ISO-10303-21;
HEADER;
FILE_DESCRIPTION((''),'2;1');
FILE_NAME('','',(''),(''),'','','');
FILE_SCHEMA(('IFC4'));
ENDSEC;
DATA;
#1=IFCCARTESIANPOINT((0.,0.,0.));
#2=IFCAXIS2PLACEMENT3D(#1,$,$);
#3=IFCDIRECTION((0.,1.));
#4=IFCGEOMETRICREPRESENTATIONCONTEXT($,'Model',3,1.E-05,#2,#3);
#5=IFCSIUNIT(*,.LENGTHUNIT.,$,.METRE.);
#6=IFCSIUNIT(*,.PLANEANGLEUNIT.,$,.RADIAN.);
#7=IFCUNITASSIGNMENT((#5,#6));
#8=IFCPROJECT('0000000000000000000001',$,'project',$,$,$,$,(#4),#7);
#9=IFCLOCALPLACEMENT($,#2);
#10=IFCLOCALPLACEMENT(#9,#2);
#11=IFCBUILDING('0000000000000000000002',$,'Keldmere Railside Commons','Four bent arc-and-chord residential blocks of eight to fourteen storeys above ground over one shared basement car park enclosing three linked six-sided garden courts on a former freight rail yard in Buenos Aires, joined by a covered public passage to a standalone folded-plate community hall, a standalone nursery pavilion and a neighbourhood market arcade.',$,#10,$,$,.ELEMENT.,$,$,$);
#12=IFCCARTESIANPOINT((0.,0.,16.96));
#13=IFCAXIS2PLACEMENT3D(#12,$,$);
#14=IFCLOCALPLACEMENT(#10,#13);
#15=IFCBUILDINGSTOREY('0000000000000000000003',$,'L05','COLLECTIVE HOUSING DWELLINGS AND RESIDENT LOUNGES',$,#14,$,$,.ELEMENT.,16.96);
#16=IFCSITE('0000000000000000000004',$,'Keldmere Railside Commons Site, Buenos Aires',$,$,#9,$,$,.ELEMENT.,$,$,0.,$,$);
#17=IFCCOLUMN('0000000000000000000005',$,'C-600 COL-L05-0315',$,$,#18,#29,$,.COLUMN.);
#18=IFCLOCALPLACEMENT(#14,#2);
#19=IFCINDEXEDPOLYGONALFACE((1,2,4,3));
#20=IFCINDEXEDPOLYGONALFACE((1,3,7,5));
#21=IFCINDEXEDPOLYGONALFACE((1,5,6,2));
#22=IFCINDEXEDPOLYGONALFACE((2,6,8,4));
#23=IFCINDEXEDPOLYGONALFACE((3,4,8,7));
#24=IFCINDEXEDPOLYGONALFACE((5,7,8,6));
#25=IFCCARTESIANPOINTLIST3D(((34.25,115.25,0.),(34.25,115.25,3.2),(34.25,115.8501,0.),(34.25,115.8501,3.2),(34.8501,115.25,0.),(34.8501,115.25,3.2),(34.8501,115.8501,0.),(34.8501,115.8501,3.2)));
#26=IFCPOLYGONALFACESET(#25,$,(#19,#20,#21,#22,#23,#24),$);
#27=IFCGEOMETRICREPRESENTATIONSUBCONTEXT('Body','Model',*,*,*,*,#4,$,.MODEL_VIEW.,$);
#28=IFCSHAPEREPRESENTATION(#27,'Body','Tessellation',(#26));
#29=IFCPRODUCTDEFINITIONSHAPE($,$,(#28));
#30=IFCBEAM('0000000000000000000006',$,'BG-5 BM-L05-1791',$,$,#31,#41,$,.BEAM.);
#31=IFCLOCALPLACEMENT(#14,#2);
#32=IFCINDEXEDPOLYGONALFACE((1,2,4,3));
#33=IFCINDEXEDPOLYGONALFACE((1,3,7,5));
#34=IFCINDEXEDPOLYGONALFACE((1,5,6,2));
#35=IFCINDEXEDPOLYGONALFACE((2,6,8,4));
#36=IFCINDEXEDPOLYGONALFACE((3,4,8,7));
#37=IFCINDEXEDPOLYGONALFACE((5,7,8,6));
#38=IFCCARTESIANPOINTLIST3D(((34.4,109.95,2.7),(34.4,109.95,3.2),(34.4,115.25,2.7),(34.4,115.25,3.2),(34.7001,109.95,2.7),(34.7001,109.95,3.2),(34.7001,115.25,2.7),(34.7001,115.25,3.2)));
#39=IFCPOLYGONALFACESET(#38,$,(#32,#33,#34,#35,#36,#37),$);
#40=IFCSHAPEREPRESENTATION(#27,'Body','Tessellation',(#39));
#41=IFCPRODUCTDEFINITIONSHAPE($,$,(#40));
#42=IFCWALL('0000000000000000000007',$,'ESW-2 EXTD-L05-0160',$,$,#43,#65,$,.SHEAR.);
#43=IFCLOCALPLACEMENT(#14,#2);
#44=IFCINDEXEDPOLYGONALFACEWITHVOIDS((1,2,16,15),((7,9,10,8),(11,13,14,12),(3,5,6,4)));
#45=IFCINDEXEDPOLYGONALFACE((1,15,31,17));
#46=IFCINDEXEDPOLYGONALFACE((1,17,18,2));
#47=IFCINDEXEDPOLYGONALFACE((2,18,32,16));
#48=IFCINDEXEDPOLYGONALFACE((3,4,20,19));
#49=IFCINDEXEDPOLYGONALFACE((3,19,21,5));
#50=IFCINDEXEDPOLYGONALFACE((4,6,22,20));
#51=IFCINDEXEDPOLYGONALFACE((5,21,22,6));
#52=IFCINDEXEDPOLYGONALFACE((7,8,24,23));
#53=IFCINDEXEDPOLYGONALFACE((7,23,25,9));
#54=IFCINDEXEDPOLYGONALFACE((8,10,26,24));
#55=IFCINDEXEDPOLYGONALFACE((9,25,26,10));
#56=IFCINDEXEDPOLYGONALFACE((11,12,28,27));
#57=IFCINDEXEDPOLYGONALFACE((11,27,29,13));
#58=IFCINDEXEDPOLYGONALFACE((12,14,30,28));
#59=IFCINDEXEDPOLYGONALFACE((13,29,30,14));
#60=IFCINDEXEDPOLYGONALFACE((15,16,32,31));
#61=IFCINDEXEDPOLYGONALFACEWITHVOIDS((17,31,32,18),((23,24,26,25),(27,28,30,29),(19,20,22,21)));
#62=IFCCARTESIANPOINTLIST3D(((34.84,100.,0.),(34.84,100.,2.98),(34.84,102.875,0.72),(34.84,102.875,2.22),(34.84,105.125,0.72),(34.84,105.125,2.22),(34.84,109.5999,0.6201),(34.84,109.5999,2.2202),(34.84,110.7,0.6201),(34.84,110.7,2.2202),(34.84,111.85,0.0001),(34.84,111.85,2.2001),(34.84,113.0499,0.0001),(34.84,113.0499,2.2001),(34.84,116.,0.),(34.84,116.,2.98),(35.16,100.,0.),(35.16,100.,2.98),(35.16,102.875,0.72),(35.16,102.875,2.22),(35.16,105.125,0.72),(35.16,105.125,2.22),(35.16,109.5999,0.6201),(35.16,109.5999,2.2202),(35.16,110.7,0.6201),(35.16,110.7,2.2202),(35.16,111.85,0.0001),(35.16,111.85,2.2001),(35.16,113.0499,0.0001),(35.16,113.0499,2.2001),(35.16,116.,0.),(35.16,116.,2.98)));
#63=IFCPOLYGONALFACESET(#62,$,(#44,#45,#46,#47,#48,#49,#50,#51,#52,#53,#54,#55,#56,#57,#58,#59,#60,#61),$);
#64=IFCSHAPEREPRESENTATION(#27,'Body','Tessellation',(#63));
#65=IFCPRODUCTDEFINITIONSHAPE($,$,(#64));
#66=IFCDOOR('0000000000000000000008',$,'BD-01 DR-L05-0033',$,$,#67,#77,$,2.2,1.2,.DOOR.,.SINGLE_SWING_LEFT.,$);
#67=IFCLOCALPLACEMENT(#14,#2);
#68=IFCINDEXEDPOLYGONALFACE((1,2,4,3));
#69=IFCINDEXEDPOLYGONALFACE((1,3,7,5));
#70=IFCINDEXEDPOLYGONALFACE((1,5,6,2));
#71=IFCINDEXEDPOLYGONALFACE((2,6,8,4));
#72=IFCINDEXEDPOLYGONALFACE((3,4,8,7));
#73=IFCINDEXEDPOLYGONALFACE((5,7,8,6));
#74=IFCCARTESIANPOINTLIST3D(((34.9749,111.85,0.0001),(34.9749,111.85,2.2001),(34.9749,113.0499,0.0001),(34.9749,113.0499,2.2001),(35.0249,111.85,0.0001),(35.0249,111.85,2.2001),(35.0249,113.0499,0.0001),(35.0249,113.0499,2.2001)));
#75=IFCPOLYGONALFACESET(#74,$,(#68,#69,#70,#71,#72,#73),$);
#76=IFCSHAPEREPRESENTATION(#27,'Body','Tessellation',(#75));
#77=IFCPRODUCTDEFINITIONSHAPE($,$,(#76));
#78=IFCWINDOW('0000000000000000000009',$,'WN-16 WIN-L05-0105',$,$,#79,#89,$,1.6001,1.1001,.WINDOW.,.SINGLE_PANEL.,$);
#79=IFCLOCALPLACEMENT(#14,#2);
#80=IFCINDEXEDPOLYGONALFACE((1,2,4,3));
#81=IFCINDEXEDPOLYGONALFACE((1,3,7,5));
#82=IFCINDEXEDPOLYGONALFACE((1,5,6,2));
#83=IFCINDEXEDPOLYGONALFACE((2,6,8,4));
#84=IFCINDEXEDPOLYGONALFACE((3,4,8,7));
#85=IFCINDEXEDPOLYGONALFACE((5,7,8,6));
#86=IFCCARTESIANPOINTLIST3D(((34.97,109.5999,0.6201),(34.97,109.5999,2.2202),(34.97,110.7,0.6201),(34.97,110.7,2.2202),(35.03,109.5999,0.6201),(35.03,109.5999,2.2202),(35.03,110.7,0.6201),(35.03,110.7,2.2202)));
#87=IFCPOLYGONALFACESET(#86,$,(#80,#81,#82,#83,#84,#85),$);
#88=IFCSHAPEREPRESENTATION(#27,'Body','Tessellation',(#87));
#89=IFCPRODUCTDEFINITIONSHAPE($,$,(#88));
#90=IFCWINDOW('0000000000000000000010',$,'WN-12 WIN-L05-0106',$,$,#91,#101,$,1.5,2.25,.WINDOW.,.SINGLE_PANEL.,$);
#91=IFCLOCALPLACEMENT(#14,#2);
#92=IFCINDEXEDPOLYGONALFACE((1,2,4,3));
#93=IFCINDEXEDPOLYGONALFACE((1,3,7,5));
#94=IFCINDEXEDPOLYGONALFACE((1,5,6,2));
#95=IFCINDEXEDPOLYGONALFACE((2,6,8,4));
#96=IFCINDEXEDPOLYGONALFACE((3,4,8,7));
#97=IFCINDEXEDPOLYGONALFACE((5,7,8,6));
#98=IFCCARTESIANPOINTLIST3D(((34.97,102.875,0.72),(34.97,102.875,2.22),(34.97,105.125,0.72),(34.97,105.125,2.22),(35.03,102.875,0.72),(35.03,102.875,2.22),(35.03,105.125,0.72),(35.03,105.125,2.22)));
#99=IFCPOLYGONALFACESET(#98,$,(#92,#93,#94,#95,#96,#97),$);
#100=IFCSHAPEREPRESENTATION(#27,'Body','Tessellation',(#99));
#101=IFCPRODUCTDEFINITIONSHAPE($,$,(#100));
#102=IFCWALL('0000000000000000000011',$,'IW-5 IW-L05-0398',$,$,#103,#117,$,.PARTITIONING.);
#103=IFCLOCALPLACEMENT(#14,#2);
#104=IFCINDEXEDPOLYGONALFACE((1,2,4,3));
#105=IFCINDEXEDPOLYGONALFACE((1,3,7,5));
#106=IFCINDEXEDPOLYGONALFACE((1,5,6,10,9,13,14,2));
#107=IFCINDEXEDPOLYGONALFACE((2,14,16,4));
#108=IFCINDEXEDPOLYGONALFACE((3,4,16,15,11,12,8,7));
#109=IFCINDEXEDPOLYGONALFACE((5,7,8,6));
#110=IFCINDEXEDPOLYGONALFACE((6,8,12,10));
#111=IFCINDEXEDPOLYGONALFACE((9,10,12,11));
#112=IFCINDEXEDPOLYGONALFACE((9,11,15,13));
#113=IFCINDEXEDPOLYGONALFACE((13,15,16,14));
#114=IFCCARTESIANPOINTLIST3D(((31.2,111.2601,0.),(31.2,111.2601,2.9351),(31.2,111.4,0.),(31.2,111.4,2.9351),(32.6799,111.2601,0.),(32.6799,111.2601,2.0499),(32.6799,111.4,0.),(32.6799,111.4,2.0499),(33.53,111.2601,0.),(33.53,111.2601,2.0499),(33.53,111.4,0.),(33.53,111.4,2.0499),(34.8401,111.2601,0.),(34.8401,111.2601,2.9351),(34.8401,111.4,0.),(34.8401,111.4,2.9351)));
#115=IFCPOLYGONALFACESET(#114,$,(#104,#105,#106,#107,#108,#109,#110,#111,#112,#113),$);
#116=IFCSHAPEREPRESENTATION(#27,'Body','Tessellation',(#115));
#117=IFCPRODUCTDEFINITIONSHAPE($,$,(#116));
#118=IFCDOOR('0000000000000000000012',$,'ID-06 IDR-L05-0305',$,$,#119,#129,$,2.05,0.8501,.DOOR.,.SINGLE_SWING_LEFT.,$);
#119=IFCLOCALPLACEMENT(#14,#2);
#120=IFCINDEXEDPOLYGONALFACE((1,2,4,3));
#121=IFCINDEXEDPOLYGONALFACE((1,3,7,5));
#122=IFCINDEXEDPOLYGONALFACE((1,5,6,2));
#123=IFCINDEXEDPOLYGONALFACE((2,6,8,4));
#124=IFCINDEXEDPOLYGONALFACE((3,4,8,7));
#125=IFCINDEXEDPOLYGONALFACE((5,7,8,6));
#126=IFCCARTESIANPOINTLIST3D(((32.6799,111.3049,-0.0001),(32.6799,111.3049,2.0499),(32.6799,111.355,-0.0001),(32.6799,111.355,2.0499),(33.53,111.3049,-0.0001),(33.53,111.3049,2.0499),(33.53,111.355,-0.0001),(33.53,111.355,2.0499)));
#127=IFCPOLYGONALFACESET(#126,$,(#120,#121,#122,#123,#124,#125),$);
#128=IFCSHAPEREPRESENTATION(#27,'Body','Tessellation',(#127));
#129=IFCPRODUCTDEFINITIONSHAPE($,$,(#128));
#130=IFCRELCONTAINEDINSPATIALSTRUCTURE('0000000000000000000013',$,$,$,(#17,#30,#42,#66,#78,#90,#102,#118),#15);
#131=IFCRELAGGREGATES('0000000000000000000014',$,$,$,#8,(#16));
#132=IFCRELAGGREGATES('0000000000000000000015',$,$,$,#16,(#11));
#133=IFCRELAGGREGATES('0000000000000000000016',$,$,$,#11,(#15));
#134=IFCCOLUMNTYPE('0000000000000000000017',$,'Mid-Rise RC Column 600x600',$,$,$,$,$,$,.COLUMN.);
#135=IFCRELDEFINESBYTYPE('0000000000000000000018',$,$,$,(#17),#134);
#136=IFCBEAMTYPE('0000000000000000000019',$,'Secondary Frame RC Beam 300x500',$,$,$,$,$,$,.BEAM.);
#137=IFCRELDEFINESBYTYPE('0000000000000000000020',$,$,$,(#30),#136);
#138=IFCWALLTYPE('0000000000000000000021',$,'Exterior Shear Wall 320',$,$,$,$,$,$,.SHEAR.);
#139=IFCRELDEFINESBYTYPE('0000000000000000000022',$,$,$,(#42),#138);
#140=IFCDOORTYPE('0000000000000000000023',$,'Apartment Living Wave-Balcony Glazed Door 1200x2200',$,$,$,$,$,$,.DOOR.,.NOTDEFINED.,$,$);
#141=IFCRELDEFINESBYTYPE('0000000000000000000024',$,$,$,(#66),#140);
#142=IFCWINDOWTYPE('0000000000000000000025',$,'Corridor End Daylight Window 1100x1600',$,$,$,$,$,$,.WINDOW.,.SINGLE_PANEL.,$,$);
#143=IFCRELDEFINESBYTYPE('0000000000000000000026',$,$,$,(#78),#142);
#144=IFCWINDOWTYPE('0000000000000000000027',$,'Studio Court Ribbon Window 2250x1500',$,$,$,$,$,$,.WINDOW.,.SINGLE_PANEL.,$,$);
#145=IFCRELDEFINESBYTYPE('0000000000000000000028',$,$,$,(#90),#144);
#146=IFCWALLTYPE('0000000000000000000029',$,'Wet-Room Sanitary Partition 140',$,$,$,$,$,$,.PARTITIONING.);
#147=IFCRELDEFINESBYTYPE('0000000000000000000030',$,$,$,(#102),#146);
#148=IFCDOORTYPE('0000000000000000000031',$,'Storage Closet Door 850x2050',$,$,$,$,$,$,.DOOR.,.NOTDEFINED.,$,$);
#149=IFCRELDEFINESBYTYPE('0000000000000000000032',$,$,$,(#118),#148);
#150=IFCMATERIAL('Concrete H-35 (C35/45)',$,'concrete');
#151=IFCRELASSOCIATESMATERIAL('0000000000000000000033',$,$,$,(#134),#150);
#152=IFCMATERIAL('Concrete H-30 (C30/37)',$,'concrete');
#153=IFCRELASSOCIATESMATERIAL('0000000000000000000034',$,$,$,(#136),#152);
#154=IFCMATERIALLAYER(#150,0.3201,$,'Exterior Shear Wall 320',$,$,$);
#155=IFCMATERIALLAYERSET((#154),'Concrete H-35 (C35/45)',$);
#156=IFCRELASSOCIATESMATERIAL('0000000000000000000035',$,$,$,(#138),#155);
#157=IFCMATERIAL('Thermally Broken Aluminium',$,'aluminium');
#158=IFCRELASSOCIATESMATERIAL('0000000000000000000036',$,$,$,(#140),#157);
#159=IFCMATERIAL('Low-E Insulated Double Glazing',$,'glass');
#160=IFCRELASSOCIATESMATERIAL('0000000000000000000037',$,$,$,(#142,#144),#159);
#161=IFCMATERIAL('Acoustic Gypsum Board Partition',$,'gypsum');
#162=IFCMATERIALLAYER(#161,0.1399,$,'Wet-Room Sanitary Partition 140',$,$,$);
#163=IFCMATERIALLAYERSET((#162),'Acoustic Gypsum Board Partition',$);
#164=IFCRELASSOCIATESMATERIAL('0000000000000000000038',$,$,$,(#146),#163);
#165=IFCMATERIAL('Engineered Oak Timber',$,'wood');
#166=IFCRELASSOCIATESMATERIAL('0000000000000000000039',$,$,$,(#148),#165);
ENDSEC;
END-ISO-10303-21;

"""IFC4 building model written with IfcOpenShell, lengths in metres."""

from ifc_helpers import new_model, si_unit, direction, frame, frame_2d, origin, origin_2d, place, context, subcontext, project, spatial, rectangle, extrude, material, layer, layer_set, material_profile, profile_set, type_object, element, fill, save


model = new_model("IFC4")

# Units and contexts
model_context = context("Model", 3, precision=1e-05, world=origin(), true_north=direction((0.0, 1.0)))
body_context = subcontext(model_context, "Body", "Model", "MODEL_VIEW")
ifc_project = project(units=[si_unit("LENGTHUNIT", "METRE"), si_unit("PLANEANGLEUNIT", "RADIAN")], contexts=[model_context])

# Site, building, storey
site_placement = place(None, origin())
site = spatial("IfcSite", under=ifc_project, at=site_placement, Name="Keldmere Railside Commons Site, Buenos Aires", CompositionType="ELEMENT", RefElevation=0.0)
building_placement = place(site_placement, origin())
building = spatial("IfcBuilding", under=site, at=building_placement, Name="Keldmere Railside Commons", Description="Four bent arc-and-chord residential blocks of eight to fourteen storeys above ground over one shared basement car park enclosing three linked six-sided garden courts on a former freight rail yard in Buenos Aires, joined by a covered public passage to a standalone folded-plate community hall, a standalone nursery pavilion and a neighbourhood market arcade.", CompositionType="ELEMENT")
storey_placement = place(building_placement, frame((0.0, 0.0, 16.96)))
storey = spatial("IfcBuildingStorey", under=building, at=storey_placement, Name="L05", Description="COLLECTIVE HOUSING DWELLINGS AND RESIDENT LOUNGES", CompositionType="ELEMENT", Elevation=16.96)

# Column
ifc_material_1 = material(Name="Concrete H-35 (C35/45)", Category="concrete")
ifc_material_profile_1 = material_profile(ifc_material_1, rectangle(XDim=0.6001, YDim=0.6001, at=origin_2d()), Name="RC-600x600")
ifc_profile_set_1 = profile_set([ifc_material_profile_1], Name="Concrete H-35 (C35/45)")
column_type = type_object("IfcColumnType", Name="Mid-Rise RC Column 600x600", PredefinedType="COLUMN", material=ifc_profile_set_1)
column_placement = place(storey_placement, frame((34.55, 115.55, 0.0), z_axis=(0.0, 0.0, 1.0), x_axis=(1.0, 0.0, 0.0)))
element("IfcColumn", 1, at=column_placement, inside=storey, type_object=column_type, Name="C-600 COL-L05-0315", PredefinedType="COLUMN", context=body_context, shape_type="SweptSolid", body=[
    extrude(rectangle(XDim=0.6001, YDim=0.6001, at=origin_2d()), origin(), (0.0, 0.0, 1.0), 3.2),
])

# Beam
ifc_material_2 = material(Name="Concrete H-30 (C30/37)", Category="concrete")
ifc_material_profile_2 = material_profile(ifc_material_2, rectangle(XDim=0.3, YDim=0.5, at=origin_2d()), Name="RC-300x500")
ifc_profile_set_2 = profile_set([ifc_material_profile_2], Name="Concrete H-30 (C30/37)")
beam_type = type_object("IfcBeamType", Name="Secondary Frame RC Beam 300x500", PredefinedType="BEAM", material=ifc_profile_set_2)
beam_placement = place(storey_placement, frame((34.55, 109.95, 2.95), z_axis=(0.0, 1.0, 0.0), x_axis=(-1.0, 0.0, 0.0)))
element("IfcBeam", 2, at=beam_placement, inside=storey, type_object=beam_type, Name="BG-5 BM-L05-1791", PredefinedType="BEAM", context=body_context, shape_type="SweptSolid", body=[
    extrude(rectangle(XDim=0.3, YDim=0.5, at=origin_2d()), origin(), (0.0, 0.0, 1.0), 5.3),
])

# Wall, openings, door, windows
ifc_layer_1 = layer(ifc_material_1, 0.3201, Name="Exterior Shear Wall 320")
ifc_layer_set_1 = layer_set([ifc_layer_1], Name="Concrete H-35 (C35/45)")
wall_type_1 = type_object("IfcWallType", Name="Exterior Shear Wall 320", PredefinedType="SHEAR", material=ifc_layer_set_1)
wall_1_placement = place(storey_placement, frame((35.0, 116.0, 0.0), z_axis=(0.0, 0.0, 1.0), x_axis=(0.0, -1.0, 0.0)))
wall_1 = element("IfcWall", 3, at=wall_1_placement, inside=storey, type_object=wall_type_1, Name="ESW-2 EXTD-L05-0160", PredefinedType="SHEAR", context=body_context, shape_type="SweptSolid", body=[
    extrude(rectangle(XDim=16.0, YDim=0.3201, at=frame_2d((8.0, 0.0))), origin(), (0.0, 0.0, 1.0), 2.98),
])
opening_1_placement = place(wall_1_placement, frame((2.95, 0.0, 0.0)))
opening_1 = element("IfcOpeningElement", 4, at=opening_1_placement, cuts=wall_1, PredefinedType="OPENING", context=body_context, shape_type="SweptSolid", body=[
    extrude(rectangle(XDim=1.2, YDim=2.2, at=frame_2d((0.6001, 1.1001))), frame((0.0, 0.1699, 0.0), z_axis=(0.0, -1.0, 0.0), x_axis=(1.0, 0.0, 0.0)), (0.0, 0.0, 1.0), 0.3401),
])
opening_2_placement = place(wall_1_placement, frame((5.3, 0.0, 0.6201)))
opening_2 = element("IfcOpeningElement", 5, at=opening_2_placement, cuts=wall_1, PredefinedType="OPENING", context=body_context, shape_type="SweptSolid", body=[
    extrude(rectangle(XDim=1.1001, YDim=1.6001, at=frame_2d((0.55, 0.8))), frame((0.0, 0.1699, 0.0), z_axis=(0.0, -1.0, 0.0), x_axis=(1.0, 0.0, 0.0)), (0.0, 0.0, 1.0), 0.3401),
])
opening_3_placement = place(wall_1_placement, frame((10.875, 0.0, 0.72)))
opening_3 = element("IfcOpeningElement", 6, at=opening_3_placement, cuts=wall_1, PredefinedType="OPENING", context=body_context, shape_type="SweptSolid", body=[
    extrude(rectangle(XDim=2.25, YDim=1.5, at=frame_2d((1.125, 0.75))), frame((0.0, 0.1699, 0.0), z_axis=(0.0, -1.0, 0.0), x_axis=(1.0, 0.0, 0.0)), (0.0, 0.0, 1.0), 0.3401),
])
ifc_material_3 = material(Name="Thermally Broken Aluminium", Category="aluminium")
door_type_1 = type_object("IfcDoorType", Name="Apartment Living Wave-Balcony Glazed Door 1200x2200", OperationType="NOTDEFINED", PredefinedType="DOOR", material=ifc_material_3)
door_1_placement = place(opening_1_placement, origin())
door_1 = element("IfcDoor", 7, at=door_1_placement, inside=storey, type_object=door_type_1, Name="BD-01 DR-L05-0033", OperationType="SINGLE_SWING_LEFT", OverallHeight=2.2, OverallWidth=1.2, PredefinedType="DOOR", context=body_context, shape_type="SweptSolid", body=[
    extrude(rectangle(XDim=1.2, YDim=2.2, at=frame_2d((0.6001, 1.1001))), frame((0.0, 0.0249, 0.0), z_axis=(0.0, -1.0, 0.0), x_axis=(1.0, 0.0, 0.0)), (0.0, 0.0, 1.0), 0.05),
])
fill(opening_1, door_1)
ifc_material_4 = material(Name="Low-E Insulated Double Glazing", Category="glass")
window_type_1 = type_object("IfcWindowType", Name="Corridor End Daylight Window 1100x1600", PartitioningType="SINGLE_PANEL", PredefinedType="WINDOW", material=ifc_material_4)
window_1_placement = place(opening_2_placement, origin())
window_1 = element("IfcWindow", 8, at=window_1_placement, inside=storey, type_object=window_type_1, Name="WN-16 WIN-L05-0105", OverallHeight=1.6001, OverallWidth=1.1001, PartitioningType="SINGLE_PANEL", PredefinedType="WINDOW", context=body_context, shape_type="SweptSolid", body=[
    extrude(rectangle(XDim=1.1001, YDim=1.6001, at=frame_2d((0.55, 0.8))), frame((0.0, 0.03, 0.0), z_axis=(0.0, -1.0, 0.0), x_axis=(1.0, 0.0, 0.0)), (0.0, 0.0, 1.0), 0.0601),
])
fill(opening_2, window_1)
window_type_2 = type_object("IfcWindowType", Name="Studio Court Ribbon Window 2250x1500", PartitioningType="SINGLE_PANEL", PredefinedType="WINDOW", material=ifc_material_4)
window_2_placement = place(opening_3_placement, origin())
window_2 = element("IfcWindow", 9, at=window_2_placement, inside=storey, type_object=window_type_2, Name="WN-12 WIN-L05-0106", OverallHeight=1.5, OverallWidth=2.25, PartitioningType="SINGLE_PANEL", PredefinedType="WINDOW", context=body_context, shape_type="SweptSolid", body=[
    extrude(rectangle(XDim=2.25, YDim=1.5, at=frame_2d((1.125, 0.75))), frame((0.0, 0.03, 0.0), z_axis=(0.0, -1.0, 0.0), x_axis=(1.0, 0.0, 0.0)), (0.0, 0.0, 1.0), 0.0601),
])
fill(opening_3, window_2)

# Wall, opening, door
ifc_material_5 = material(Name="Acoustic Gypsum Board Partition", Category="gypsum")
ifc_layer_2 = layer(ifc_material_5, 0.1399, Name="Wet-Room Sanitary Partition 140")
ifc_layer_set_2 = layer_set([ifc_layer_2], Name="Acoustic Gypsum Board Partition")
wall_type_2 = type_object("IfcWallType", Name="Wet-Room Sanitary Partition 140", PredefinedType="PARTITIONING", material=ifc_layer_set_2)
wall_2_placement = place(storey_placement, frame((31.2, 111.3301, 0.0), z_axis=(0.0, 0.0, 1.0), x_axis=(1.0, 0.0, 0.0)))
wall_2 = element("IfcWall", 10, at=wall_2_placement, inside=storey, type_object=wall_type_2, Name="IW-5 IW-L05-0398", PredefinedType="PARTITIONING", context=body_context, shape_type="SweptSolid", body=[
    extrude(rectangle(XDim=3.6401, YDim=0.1399, at=frame_2d((1.8201, 0.0))), origin(), (0.0, 0.0, 1.0), 2.9351),
])
opening_4_placement = place(wall_2_placement, frame((1.48, 0.0, 0.0)))
opening_4 = element("IfcOpeningElement", 11, at=opening_4_placement, cuts=wall_2, PredefinedType="OPENING", context=body_context, shape_type="SweptSolid", body=[
    extrude(rectangle(XDim=0.8501, YDim=2.05, at=frame_2d((0.425, 1.0249))), frame((0.0, 0.0798, 0.0), z_axis=(0.0, -1.0, 0.0), x_axis=(1.0, 0.0, 0.0)), (0.0, 0.0, 1.0), 0.1599),
])
ifc_material_6 = material(Name="Engineered Oak Timber", Category="wood")
door_type_2 = type_object("IfcDoorType", Name="Storage Closet Door 850x2050", OperationType="NOTDEFINED", PredefinedType="DOOR", material=ifc_material_6)
door_2_placement = place(opening_4_placement, origin())
door_2 = element("IfcDoor", 12, at=door_2_placement, inside=storey, type_object=door_type_2, Name="ID-06 IDR-L05-0305", OperationType="SINGLE_SWING_LEFT", OverallHeight=2.05, OverallWidth=0.8501, PredefinedType="DOOR", context=body_context, shape_type="SweptSolid", body=[
    extrude(rectangle(XDim=0.8501, YDim=2.05, at=frame_2d((0.425, 1.0249))), frame((0.0, 0.0249, 0.0), z_axis=(0.0, -1.0, 0.0), x_axis=(1.0, 0.0, 0.0)), (0.0, 0.0, 1.0), 0.05),
])
fill(opening_4, door_2)

save(model, "model.ifc")
